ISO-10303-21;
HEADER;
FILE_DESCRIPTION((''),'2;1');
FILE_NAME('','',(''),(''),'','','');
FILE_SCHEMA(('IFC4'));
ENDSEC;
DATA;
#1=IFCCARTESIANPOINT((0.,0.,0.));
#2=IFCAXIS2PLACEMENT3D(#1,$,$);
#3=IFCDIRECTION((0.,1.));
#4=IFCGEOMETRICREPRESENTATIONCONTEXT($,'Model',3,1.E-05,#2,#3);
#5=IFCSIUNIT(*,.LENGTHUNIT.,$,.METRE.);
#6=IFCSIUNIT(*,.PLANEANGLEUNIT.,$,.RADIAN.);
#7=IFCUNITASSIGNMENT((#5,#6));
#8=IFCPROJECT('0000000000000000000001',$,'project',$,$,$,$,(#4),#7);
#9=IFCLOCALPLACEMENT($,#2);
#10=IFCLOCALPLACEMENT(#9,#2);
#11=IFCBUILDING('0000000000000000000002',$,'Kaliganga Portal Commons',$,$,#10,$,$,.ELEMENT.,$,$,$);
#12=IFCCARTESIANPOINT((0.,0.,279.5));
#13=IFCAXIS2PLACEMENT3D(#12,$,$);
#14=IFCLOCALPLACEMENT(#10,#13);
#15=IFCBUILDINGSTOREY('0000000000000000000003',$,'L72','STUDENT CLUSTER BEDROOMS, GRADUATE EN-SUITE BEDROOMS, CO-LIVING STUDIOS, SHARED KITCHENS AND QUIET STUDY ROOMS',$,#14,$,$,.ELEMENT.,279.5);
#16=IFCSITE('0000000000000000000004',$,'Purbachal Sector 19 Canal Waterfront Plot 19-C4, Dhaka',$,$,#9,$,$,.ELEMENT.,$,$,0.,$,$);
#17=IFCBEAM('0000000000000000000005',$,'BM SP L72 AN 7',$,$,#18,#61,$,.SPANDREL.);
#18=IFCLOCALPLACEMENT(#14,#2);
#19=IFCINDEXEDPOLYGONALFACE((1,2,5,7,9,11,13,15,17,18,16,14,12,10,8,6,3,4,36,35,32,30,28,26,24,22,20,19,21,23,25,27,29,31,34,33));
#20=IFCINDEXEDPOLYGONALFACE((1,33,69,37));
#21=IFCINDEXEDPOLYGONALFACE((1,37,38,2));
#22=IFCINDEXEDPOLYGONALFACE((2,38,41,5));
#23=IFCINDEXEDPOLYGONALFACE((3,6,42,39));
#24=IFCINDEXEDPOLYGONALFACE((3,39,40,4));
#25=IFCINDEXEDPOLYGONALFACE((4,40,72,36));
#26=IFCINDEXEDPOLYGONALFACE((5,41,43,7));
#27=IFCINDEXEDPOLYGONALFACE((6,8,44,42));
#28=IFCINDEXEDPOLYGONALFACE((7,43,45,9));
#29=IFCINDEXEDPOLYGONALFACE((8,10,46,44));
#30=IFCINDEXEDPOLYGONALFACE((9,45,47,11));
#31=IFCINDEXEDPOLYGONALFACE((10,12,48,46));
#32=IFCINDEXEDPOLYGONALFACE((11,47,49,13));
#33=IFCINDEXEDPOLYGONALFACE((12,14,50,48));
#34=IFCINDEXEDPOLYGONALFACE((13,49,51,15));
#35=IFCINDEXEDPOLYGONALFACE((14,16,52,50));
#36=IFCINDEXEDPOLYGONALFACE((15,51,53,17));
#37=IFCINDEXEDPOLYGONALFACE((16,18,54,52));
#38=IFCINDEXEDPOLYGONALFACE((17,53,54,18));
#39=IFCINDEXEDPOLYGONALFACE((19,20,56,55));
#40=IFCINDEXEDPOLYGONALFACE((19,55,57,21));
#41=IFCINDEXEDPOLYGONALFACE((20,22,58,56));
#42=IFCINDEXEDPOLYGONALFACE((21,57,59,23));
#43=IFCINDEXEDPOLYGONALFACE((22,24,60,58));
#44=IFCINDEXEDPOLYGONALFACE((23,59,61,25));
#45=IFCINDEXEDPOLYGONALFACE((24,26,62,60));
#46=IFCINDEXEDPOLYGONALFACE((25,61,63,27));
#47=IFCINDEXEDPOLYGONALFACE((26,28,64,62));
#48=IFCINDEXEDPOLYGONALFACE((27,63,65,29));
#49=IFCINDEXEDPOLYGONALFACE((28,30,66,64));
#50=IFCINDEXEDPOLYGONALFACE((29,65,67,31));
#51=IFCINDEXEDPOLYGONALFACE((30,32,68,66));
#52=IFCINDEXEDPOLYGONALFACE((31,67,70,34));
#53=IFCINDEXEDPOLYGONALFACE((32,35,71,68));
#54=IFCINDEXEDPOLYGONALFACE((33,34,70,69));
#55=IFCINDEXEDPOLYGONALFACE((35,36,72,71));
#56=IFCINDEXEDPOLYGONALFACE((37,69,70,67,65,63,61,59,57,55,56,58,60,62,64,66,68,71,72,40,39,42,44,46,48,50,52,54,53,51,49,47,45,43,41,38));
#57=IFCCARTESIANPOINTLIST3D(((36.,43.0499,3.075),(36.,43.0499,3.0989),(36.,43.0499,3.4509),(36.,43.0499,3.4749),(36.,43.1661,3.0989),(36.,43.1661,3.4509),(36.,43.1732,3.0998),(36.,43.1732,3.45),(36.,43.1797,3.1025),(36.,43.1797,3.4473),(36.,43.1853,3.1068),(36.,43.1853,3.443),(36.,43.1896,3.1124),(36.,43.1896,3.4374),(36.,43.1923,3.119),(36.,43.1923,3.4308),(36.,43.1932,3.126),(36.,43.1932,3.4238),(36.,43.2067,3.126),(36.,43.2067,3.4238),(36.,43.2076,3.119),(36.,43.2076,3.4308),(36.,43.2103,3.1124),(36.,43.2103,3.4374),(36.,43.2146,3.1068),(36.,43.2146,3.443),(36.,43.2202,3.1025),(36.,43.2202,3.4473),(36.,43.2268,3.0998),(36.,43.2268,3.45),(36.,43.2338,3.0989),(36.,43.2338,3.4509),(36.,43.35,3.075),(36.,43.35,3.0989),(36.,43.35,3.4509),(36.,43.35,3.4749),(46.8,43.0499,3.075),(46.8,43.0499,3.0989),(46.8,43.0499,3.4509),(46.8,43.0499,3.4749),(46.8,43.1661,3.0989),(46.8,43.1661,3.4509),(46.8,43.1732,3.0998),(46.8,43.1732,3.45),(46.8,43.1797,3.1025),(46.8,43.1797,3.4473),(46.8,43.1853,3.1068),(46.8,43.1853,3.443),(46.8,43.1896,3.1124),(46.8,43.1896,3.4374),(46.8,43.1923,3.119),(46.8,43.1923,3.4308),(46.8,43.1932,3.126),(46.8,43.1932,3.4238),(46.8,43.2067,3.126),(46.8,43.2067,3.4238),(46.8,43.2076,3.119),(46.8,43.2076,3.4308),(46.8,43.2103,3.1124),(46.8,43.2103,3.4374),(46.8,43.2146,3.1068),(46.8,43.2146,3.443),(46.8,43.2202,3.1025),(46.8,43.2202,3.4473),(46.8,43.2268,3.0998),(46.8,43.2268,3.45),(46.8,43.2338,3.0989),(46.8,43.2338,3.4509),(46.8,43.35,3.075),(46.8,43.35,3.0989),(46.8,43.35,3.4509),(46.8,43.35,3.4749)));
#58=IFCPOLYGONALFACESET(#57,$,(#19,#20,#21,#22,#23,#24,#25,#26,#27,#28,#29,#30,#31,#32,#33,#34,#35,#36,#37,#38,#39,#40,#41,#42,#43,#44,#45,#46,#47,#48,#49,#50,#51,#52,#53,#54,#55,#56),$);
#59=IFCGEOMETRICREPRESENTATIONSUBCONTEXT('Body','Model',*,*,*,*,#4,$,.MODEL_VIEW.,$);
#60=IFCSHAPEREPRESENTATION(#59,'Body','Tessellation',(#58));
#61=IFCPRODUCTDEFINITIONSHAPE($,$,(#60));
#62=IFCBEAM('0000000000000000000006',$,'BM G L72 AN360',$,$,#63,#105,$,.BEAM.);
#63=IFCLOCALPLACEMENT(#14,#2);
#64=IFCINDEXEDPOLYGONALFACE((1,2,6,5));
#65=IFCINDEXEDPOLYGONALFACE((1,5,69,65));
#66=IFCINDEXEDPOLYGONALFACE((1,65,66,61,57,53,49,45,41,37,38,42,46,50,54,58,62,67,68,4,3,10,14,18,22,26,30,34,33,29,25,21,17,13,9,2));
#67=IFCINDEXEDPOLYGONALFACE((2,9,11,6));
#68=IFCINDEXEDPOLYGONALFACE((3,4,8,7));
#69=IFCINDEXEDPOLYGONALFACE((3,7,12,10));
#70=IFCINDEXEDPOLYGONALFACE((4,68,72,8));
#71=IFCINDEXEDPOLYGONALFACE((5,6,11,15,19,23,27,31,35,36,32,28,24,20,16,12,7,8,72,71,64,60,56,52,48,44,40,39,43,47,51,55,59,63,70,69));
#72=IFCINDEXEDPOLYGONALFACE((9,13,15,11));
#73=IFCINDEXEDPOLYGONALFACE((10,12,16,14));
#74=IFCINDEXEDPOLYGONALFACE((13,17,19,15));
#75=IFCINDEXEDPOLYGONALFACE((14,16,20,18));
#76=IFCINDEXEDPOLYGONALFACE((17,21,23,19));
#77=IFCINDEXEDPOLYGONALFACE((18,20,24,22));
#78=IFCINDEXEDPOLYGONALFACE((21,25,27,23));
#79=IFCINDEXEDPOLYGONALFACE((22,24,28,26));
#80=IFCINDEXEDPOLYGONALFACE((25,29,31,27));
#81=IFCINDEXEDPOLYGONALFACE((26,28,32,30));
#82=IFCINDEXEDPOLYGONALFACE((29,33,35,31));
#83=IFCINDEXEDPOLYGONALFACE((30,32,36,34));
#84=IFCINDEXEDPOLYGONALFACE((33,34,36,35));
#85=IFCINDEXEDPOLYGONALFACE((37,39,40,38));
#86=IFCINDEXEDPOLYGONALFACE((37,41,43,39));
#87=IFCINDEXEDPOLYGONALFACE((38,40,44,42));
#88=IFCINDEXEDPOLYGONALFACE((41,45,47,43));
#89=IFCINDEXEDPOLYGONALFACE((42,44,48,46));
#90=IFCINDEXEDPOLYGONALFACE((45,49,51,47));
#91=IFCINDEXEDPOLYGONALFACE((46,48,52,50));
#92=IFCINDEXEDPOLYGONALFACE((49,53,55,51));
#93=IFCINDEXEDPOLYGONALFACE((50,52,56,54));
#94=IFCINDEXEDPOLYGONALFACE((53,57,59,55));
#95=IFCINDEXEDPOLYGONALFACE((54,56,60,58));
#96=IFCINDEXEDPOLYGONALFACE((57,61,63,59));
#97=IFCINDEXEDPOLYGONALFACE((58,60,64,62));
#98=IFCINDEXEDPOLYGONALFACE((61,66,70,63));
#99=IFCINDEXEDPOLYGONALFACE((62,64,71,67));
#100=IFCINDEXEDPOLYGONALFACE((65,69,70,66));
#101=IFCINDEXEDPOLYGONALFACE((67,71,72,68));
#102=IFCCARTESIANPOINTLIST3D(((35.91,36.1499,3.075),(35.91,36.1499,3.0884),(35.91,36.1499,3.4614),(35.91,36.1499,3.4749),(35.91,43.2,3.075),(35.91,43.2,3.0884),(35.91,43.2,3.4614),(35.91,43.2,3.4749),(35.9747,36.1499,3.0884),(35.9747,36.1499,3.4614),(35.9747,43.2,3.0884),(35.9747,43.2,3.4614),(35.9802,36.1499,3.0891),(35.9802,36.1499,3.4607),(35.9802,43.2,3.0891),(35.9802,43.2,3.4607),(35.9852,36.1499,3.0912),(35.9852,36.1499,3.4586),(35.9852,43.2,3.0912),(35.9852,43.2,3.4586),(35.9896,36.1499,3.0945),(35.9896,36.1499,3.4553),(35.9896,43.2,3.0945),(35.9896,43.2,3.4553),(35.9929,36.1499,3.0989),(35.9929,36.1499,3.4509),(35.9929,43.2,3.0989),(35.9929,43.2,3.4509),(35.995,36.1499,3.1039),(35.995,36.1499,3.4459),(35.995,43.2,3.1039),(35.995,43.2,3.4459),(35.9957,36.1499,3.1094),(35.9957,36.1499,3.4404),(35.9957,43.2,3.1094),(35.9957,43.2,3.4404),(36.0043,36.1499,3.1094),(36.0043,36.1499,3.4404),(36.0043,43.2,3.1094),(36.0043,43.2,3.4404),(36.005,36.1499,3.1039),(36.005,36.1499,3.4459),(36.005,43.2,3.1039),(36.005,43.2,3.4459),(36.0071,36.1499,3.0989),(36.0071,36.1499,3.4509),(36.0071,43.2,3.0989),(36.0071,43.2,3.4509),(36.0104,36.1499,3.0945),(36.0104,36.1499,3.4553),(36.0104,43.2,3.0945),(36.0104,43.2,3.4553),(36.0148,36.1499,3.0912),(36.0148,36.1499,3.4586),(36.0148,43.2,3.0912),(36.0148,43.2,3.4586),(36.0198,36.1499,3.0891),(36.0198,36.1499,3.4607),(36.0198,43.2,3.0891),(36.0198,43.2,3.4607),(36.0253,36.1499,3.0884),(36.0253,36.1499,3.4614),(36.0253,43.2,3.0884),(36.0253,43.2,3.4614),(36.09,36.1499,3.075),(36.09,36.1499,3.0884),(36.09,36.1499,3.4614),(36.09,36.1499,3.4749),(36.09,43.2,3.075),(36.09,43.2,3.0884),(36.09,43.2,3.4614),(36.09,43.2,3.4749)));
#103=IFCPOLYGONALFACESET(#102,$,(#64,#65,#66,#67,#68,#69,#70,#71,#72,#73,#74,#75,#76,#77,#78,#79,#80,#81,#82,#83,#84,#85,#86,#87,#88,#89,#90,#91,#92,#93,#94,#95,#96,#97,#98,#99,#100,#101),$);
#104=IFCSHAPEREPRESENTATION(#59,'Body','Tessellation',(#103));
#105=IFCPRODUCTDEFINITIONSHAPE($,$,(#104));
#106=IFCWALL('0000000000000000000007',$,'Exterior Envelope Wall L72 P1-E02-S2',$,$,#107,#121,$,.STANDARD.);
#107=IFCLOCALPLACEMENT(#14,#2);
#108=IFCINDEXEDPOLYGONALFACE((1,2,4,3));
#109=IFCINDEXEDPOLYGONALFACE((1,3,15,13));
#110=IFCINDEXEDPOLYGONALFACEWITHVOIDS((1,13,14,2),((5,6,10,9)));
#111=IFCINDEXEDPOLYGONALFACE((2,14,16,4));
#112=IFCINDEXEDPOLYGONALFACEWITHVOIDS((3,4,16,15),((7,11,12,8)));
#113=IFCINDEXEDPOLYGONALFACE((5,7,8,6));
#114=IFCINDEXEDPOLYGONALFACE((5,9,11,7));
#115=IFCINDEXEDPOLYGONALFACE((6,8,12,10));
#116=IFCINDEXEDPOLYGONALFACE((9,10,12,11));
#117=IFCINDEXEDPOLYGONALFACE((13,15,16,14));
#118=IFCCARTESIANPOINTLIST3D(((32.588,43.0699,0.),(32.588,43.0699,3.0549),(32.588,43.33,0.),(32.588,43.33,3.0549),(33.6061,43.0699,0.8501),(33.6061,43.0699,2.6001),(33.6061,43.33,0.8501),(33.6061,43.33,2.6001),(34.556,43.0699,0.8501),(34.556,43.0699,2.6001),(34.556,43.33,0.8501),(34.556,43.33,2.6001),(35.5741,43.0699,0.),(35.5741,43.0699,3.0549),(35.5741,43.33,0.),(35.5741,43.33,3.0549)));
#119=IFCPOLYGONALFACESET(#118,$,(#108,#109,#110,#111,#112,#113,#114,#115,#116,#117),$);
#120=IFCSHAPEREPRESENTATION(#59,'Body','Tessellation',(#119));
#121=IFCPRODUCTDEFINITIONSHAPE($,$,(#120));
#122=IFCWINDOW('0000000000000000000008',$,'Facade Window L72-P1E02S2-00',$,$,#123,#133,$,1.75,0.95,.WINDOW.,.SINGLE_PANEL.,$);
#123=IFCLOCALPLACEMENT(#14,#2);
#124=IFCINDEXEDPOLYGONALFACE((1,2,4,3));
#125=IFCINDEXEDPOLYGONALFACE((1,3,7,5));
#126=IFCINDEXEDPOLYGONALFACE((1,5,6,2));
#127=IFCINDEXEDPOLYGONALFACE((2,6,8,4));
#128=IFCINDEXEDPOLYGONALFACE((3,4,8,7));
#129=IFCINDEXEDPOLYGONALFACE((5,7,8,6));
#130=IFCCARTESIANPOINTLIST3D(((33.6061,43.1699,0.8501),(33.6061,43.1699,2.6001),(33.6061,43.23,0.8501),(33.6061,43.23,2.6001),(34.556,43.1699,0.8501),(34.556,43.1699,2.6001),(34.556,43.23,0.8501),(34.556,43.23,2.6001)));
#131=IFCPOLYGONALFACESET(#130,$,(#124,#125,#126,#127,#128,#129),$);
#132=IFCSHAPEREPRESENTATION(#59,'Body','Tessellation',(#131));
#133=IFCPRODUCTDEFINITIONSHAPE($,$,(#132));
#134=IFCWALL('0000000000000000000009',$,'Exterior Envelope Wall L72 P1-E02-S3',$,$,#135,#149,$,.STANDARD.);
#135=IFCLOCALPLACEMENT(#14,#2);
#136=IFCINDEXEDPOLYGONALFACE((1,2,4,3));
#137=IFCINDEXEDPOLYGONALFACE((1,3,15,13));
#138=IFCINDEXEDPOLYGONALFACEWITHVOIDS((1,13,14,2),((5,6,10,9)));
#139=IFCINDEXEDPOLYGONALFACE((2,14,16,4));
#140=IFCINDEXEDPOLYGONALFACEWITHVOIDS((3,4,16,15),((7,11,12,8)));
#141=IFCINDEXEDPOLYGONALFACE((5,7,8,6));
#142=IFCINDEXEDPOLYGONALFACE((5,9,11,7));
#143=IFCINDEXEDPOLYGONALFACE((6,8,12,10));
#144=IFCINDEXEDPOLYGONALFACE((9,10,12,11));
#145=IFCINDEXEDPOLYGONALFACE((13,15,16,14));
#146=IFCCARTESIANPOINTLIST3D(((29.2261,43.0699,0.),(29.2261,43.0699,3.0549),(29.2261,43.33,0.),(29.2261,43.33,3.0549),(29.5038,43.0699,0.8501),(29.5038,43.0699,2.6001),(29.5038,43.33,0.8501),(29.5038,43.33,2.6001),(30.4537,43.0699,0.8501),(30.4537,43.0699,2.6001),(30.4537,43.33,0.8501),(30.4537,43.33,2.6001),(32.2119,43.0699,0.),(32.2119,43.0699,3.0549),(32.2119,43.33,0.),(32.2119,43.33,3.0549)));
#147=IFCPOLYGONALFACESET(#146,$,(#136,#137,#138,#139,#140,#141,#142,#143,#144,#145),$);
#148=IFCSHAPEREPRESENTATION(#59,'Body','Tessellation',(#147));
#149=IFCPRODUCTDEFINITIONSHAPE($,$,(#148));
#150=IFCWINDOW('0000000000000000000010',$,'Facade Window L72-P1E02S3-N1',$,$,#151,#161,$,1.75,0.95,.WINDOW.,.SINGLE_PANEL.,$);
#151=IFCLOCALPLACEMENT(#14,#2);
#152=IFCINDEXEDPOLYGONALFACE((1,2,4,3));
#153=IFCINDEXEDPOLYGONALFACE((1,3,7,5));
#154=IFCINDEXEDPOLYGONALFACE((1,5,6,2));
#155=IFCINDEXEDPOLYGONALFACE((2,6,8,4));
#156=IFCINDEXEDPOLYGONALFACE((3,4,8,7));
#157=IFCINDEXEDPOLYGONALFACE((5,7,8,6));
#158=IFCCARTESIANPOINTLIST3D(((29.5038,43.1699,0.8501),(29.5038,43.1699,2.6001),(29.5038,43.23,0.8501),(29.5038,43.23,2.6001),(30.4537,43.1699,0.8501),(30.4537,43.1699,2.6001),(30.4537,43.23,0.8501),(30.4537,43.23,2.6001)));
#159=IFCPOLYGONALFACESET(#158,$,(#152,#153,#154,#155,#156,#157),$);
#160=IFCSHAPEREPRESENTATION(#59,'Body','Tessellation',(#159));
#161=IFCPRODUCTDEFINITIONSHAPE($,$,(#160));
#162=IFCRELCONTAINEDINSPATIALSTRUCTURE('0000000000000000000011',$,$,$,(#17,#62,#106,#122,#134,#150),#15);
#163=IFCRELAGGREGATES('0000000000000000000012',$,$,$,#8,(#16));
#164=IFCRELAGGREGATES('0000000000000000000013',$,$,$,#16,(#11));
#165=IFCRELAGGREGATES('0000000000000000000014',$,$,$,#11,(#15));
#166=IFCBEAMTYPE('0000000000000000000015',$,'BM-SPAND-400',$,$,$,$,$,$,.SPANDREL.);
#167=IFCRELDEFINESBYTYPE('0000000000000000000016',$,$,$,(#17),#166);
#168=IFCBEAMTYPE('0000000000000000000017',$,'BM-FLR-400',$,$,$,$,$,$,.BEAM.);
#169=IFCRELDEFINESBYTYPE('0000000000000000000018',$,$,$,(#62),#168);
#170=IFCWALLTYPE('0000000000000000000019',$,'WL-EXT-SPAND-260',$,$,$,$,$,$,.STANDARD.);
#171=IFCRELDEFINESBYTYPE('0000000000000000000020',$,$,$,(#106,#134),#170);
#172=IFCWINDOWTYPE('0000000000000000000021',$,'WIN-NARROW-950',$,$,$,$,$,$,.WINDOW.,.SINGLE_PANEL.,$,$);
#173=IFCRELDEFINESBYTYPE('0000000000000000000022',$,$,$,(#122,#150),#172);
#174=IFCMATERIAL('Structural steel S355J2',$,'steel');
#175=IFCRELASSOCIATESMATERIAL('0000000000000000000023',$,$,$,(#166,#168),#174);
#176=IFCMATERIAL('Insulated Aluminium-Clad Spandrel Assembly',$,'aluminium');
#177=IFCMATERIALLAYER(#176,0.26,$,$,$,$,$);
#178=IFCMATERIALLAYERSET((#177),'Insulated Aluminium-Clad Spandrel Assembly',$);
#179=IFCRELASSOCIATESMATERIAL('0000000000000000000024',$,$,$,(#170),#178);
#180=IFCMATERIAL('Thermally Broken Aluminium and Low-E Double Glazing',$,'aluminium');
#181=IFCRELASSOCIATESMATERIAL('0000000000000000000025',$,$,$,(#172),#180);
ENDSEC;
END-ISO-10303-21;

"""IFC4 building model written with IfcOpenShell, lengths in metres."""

from ifc_helpers import new_model, si_unit, direction, frame, frame_2d, origin, origin_2d, place, context, subcontext, project, spatial, rectangle, i_section, extrude, source, transform, mapped, material, layer, layer_set, material_profile, profile_set, type_object, element, fill, save


model = new_model("IFC4")

# Units and contexts
model_context = context("Model", 3, precision=1e-05, world=origin(), true_north=direction((0.0, 1.0)))
body_context = subcontext(model_context, "Body", "Model", "MODEL_VIEW")
ifc_project = project(units=[si_unit("LENGTHUNIT", "METRE"), si_unit("PLANEANGLEUNIT", "RADIAN")], contexts=[model_context])

# Site, building, storey
site_placement = place(None, origin())
site = spatial("IfcSite", under=ifc_project, at=site_placement, Name="Purbachal Sector 19 Canal Waterfront Plot 19-C4, Dhaka", CompositionType="ELEMENT", RefElevation=0.0)
building_placement = place(site_placement, origin())
building = spatial("IfcBuilding", under=site, at=building_placement, Name="Kaliganga Portal Commons", CompositionType="ELEMENT")
storey_placement = place(building_placement, frame((0.0, 0.0, 279.5)))
storey = spatial("IfcBuildingStorey", under=building, at=storey_placement, Name="L72", Description="STUDENT CLUSTER BEDROOMS, GRADUATE EN-SUITE BEDROOMS, CO-LIVING STUDIOS, SHARED KITCHENS AND QUIET STUDY ROOMS", CompositionType="ELEMENT", Elevation=279.5)

# Shared definitions
ifc_material_1 = material(Name="Structural steel S355J2", Category="steel")

# Beams
ifc_material_profile_1 = material_profile(ifc_material_1, i_section(OverallWidth=0.3, OverallDepth=0.3999, WebThickness=0.0134, FlangeThickness=0.0239, FilletRadius=0.0271, at=origin_2d()), Name="HE 400 B")
ifc_profile_set_1 = profile_set([ifc_material_profile_1], Name="Structural steel S355J2 wide-flange")
beam_type_1 = type_object("IfcBeamType", Name="BM-SPAND-400", PredefinedType="SPANDREL", material=ifc_profile_set_1)
shared_shape_1 = source(origin(), body_context, "Body", "SweptSolid", [
    extrude(i_section(OverallWidth=0.3, OverallDepth=0.3999, WebThickness=0.0134, FlangeThickness=0.0239, FilletRadius=0.0271, at=origin_2d()), origin(), (0.0, 0.0, 1.0), 10.8),
])
beam_1_placement = place(storey_placement, frame((36.0, 43.2, 3.2749), z_axis=(1.0, 0.0, 0.0), x_axis=(0.0, 1.0, 0.0)))
element("IfcBeam", 1, at=beam_1_placement, inside=storey, type_object=beam_type_1, Name="BM SP L72 AN 7", PredefinedType="SPANDREL", context=body_context, shape_type="MappedRepresentation", body=[
    mapped(shared_shape_1, transform((0.0, 0.0, 0.0), x_axis=(1.0, 0.0, 0.0), y_axis=(0.0, 1.0, 0.0), z_axis=(0.0, 0.0, 1.0), scale=1.0)),
])
ifc_material_profile_2 = material_profile(ifc_material_1, i_section(OverallWidth=0.1799, OverallDepth=0.3999, WebThickness=0.0085, FlangeThickness=0.0134, FilletRadius=0.021, at=origin_2d()), Name="IPE 400")
ifc_profile_set_2 = profile_set([ifc_material_profile_2], Name="Structural steel S355J2 wide-flange")
beam_type_2 = type_object("IfcBeamType", Name="BM-FLR-400", PredefinedType="BEAM", material=ifc_profile_set_2)
shared_shape_2 = source(origin(), body_context, "Body", "SweptSolid", [
    extrude(i_section(OverallWidth=0.1799, OverallDepth=0.3999, WebThickness=0.0085, FlangeThickness=0.0134, FilletRadius=0.021, at=origin_2d()), origin(), (0.0, 0.0, 1.0), 7.05),
])
beam_2_placement = place(storey_placement, frame((36.0, 36.1499, 3.2749), z_axis=(0.0, 1.0, 0.0), x_axis=(-1.0, 0.0, 0.0)))
element("IfcBeam", 2, at=beam_2_placement, inside=storey, type_object=beam_type_2, Name="BM G L72 AN360", PredefinedType="BEAM", context=body_context, shape_type="MappedRepresentation", body=[
    mapped(shared_shape_2, transform((0.0, 0.0, 0.0), x_axis=(1.0, 0.0, 0.0), y_axis=(0.0, 1.0, 0.0), z_axis=(0.0, 0.0, 1.0), scale=1.0)),
])

# Shared definitions
ifc_material_2 = material(Name="Insulated Aluminium-Clad Spandrel Assembly", Category="aluminium")
ifc_layer_1 = layer(ifc_material_2, 0.26)
ifc_layer_set_1 = layer_set([ifc_layer_1], Name="Insulated Aluminium-Clad Spandrel Assembly")
wall_type_1 = type_object("IfcWallType", Name="WL-EXT-SPAND-260", PredefinedType="STANDARD", material=ifc_layer_set_1)
ifc_material_3 = material(Name="Thermally Broken Aluminium and Low-E Double Glazing", Category="aluminium")

# Walls, openings, windows
wall_1_placement = place(storey_placement, frame((32.5879, 43.2, 0.0), z_axis=(0.0, 0.0, 1.0), x_axis=(1.0, 0.0, 0.0)))
wall_1 = element("IfcWall", 3, at=wall_1_placement, inside=storey, type_object=wall_type_1, Name="Exterior Envelope Wall L72 P1-E02-S2", PredefinedType="STANDARD", context=body_context, shape_type="SweptSolid", body=[
    extrude(rectangle(XDim=2.9861, YDim=0.26, at=frame_2d((1.4932, 0.0))), origin(), (0.0, 0.0, 1.0), 3.0549),
])
opening_1_placement = place(wall_1_placement, frame((1.0181, 0.0, 0.8501)))
opening_1 = element("IfcOpeningElement", 4, at=opening_1_placement, cuts=wall_1, PredefinedType="OPENING", context=body_context, shape_type="SweptSolid", body=[
    extrude(rectangle(XDim=0.95, YDim=1.75, at=frame_2d((0.4751, 0.875))), frame((0.0, 0.1401, 0.0), z_axis=(0.0, -1.0, 0.0), x_axis=(1.0, 0.0, 0.0)), (0.0, 0.0, 1.0), 0.28),
])
window_type_1 = type_object("IfcWindowType", Name="WIN-NARROW-950", PartitioningType="SINGLE_PANEL", PredefinedType="WINDOW", material=ifc_material_3)
window_1_placement = place(opening_1_placement, origin())
window_1 = element("IfcWindow", 5, at=window_1_placement, inside=storey, type_object=window_type_1, Name="Facade Window L72-P1E02S2-00", OverallHeight=1.75, OverallWidth=0.95, PartitioningType="SINGLE_PANEL", PredefinedType="WINDOW", context=body_context, shape_type="SweptSolid", body=[
    extrude(rectangle(XDim=0.95, YDim=1.75, at=frame_2d((0.4751, 0.875))), frame((0.0, 0.03, 0.0), z_axis=(0.0, -1.0, 0.0), x_axis=(1.0, 0.0, 0.0)), (0.0, 0.0, 1.0), 0.0601),
])
fill(opening_1, window_1)
wall_2_placement = place(storey_placement, frame((29.2261, 43.2, 0.0), z_axis=(0.0, 0.0, 1.0), x_axis=(1.0, 0.0, 0.0)))
wall_2 = element("IfcWall", 6, at=wall_2_placement, inside=storey, type_object=wall_type_1, Name="Exterior Envelope Wall L72 P1-E02-S3", PredefinedType="STANDARD", context=body_context, shape_type="SweptSolid", body=[
    extrude(rectangle(XDim=2.9858, YDim=0.26, at=frame_2d((1.4929, 0.0))), origin(), (0.0, 0.0, 1.0), 3.0549),
])
opening_2_placement = place(wall_2_placement, frame((0.2776, 0.0, 0.8501)))
opening_2 = element("IfcOpeningElement", 7, at=opening_2_placement, cuts=wall_2, PredefinedType="OPENING", context=body_context, shape_type="SweptSolid", body=[
    extrude(rectangle(XDim=0.95, YDim=1.75, at=frame_2d((0.4751, 0.875))), frame((0.0, 0.1401, 0.0), z_axis=(0.0, -1.0, 0.0), x_axis=(1.0, 0.0, 0.0)), (0.0, 0.0, 1.0), 0.28),
])
window_2_placement = place(opening_2_placement, origin())
window_2 = element("IfcWindow", 8, at=window_2_placement, inside=storey, type_object=window_type_1, Name="Facade Window L72-P1E02S3-N1", OverallHeight=1.75, OverallWidth=0.95, PartitioningType="SINGLE_PANEL", PredefinedType="WINDOW", context=body_context, shape_type="SweptSolid", body=[
    extrude(rectangle(XDim=0.95, YDim=1.75, at=frame_2d((0.4751, 0.875))), frame((0.0, 0.03, 0.0), z_axis=(0.0, -1.0, 0.0), x_axis=(1.0, 0.0, 0.0)), (0.0, 0.0, 1.0), 0.0601),
])
fill(opening_2, window_2)

save(model, "model.ifc")
